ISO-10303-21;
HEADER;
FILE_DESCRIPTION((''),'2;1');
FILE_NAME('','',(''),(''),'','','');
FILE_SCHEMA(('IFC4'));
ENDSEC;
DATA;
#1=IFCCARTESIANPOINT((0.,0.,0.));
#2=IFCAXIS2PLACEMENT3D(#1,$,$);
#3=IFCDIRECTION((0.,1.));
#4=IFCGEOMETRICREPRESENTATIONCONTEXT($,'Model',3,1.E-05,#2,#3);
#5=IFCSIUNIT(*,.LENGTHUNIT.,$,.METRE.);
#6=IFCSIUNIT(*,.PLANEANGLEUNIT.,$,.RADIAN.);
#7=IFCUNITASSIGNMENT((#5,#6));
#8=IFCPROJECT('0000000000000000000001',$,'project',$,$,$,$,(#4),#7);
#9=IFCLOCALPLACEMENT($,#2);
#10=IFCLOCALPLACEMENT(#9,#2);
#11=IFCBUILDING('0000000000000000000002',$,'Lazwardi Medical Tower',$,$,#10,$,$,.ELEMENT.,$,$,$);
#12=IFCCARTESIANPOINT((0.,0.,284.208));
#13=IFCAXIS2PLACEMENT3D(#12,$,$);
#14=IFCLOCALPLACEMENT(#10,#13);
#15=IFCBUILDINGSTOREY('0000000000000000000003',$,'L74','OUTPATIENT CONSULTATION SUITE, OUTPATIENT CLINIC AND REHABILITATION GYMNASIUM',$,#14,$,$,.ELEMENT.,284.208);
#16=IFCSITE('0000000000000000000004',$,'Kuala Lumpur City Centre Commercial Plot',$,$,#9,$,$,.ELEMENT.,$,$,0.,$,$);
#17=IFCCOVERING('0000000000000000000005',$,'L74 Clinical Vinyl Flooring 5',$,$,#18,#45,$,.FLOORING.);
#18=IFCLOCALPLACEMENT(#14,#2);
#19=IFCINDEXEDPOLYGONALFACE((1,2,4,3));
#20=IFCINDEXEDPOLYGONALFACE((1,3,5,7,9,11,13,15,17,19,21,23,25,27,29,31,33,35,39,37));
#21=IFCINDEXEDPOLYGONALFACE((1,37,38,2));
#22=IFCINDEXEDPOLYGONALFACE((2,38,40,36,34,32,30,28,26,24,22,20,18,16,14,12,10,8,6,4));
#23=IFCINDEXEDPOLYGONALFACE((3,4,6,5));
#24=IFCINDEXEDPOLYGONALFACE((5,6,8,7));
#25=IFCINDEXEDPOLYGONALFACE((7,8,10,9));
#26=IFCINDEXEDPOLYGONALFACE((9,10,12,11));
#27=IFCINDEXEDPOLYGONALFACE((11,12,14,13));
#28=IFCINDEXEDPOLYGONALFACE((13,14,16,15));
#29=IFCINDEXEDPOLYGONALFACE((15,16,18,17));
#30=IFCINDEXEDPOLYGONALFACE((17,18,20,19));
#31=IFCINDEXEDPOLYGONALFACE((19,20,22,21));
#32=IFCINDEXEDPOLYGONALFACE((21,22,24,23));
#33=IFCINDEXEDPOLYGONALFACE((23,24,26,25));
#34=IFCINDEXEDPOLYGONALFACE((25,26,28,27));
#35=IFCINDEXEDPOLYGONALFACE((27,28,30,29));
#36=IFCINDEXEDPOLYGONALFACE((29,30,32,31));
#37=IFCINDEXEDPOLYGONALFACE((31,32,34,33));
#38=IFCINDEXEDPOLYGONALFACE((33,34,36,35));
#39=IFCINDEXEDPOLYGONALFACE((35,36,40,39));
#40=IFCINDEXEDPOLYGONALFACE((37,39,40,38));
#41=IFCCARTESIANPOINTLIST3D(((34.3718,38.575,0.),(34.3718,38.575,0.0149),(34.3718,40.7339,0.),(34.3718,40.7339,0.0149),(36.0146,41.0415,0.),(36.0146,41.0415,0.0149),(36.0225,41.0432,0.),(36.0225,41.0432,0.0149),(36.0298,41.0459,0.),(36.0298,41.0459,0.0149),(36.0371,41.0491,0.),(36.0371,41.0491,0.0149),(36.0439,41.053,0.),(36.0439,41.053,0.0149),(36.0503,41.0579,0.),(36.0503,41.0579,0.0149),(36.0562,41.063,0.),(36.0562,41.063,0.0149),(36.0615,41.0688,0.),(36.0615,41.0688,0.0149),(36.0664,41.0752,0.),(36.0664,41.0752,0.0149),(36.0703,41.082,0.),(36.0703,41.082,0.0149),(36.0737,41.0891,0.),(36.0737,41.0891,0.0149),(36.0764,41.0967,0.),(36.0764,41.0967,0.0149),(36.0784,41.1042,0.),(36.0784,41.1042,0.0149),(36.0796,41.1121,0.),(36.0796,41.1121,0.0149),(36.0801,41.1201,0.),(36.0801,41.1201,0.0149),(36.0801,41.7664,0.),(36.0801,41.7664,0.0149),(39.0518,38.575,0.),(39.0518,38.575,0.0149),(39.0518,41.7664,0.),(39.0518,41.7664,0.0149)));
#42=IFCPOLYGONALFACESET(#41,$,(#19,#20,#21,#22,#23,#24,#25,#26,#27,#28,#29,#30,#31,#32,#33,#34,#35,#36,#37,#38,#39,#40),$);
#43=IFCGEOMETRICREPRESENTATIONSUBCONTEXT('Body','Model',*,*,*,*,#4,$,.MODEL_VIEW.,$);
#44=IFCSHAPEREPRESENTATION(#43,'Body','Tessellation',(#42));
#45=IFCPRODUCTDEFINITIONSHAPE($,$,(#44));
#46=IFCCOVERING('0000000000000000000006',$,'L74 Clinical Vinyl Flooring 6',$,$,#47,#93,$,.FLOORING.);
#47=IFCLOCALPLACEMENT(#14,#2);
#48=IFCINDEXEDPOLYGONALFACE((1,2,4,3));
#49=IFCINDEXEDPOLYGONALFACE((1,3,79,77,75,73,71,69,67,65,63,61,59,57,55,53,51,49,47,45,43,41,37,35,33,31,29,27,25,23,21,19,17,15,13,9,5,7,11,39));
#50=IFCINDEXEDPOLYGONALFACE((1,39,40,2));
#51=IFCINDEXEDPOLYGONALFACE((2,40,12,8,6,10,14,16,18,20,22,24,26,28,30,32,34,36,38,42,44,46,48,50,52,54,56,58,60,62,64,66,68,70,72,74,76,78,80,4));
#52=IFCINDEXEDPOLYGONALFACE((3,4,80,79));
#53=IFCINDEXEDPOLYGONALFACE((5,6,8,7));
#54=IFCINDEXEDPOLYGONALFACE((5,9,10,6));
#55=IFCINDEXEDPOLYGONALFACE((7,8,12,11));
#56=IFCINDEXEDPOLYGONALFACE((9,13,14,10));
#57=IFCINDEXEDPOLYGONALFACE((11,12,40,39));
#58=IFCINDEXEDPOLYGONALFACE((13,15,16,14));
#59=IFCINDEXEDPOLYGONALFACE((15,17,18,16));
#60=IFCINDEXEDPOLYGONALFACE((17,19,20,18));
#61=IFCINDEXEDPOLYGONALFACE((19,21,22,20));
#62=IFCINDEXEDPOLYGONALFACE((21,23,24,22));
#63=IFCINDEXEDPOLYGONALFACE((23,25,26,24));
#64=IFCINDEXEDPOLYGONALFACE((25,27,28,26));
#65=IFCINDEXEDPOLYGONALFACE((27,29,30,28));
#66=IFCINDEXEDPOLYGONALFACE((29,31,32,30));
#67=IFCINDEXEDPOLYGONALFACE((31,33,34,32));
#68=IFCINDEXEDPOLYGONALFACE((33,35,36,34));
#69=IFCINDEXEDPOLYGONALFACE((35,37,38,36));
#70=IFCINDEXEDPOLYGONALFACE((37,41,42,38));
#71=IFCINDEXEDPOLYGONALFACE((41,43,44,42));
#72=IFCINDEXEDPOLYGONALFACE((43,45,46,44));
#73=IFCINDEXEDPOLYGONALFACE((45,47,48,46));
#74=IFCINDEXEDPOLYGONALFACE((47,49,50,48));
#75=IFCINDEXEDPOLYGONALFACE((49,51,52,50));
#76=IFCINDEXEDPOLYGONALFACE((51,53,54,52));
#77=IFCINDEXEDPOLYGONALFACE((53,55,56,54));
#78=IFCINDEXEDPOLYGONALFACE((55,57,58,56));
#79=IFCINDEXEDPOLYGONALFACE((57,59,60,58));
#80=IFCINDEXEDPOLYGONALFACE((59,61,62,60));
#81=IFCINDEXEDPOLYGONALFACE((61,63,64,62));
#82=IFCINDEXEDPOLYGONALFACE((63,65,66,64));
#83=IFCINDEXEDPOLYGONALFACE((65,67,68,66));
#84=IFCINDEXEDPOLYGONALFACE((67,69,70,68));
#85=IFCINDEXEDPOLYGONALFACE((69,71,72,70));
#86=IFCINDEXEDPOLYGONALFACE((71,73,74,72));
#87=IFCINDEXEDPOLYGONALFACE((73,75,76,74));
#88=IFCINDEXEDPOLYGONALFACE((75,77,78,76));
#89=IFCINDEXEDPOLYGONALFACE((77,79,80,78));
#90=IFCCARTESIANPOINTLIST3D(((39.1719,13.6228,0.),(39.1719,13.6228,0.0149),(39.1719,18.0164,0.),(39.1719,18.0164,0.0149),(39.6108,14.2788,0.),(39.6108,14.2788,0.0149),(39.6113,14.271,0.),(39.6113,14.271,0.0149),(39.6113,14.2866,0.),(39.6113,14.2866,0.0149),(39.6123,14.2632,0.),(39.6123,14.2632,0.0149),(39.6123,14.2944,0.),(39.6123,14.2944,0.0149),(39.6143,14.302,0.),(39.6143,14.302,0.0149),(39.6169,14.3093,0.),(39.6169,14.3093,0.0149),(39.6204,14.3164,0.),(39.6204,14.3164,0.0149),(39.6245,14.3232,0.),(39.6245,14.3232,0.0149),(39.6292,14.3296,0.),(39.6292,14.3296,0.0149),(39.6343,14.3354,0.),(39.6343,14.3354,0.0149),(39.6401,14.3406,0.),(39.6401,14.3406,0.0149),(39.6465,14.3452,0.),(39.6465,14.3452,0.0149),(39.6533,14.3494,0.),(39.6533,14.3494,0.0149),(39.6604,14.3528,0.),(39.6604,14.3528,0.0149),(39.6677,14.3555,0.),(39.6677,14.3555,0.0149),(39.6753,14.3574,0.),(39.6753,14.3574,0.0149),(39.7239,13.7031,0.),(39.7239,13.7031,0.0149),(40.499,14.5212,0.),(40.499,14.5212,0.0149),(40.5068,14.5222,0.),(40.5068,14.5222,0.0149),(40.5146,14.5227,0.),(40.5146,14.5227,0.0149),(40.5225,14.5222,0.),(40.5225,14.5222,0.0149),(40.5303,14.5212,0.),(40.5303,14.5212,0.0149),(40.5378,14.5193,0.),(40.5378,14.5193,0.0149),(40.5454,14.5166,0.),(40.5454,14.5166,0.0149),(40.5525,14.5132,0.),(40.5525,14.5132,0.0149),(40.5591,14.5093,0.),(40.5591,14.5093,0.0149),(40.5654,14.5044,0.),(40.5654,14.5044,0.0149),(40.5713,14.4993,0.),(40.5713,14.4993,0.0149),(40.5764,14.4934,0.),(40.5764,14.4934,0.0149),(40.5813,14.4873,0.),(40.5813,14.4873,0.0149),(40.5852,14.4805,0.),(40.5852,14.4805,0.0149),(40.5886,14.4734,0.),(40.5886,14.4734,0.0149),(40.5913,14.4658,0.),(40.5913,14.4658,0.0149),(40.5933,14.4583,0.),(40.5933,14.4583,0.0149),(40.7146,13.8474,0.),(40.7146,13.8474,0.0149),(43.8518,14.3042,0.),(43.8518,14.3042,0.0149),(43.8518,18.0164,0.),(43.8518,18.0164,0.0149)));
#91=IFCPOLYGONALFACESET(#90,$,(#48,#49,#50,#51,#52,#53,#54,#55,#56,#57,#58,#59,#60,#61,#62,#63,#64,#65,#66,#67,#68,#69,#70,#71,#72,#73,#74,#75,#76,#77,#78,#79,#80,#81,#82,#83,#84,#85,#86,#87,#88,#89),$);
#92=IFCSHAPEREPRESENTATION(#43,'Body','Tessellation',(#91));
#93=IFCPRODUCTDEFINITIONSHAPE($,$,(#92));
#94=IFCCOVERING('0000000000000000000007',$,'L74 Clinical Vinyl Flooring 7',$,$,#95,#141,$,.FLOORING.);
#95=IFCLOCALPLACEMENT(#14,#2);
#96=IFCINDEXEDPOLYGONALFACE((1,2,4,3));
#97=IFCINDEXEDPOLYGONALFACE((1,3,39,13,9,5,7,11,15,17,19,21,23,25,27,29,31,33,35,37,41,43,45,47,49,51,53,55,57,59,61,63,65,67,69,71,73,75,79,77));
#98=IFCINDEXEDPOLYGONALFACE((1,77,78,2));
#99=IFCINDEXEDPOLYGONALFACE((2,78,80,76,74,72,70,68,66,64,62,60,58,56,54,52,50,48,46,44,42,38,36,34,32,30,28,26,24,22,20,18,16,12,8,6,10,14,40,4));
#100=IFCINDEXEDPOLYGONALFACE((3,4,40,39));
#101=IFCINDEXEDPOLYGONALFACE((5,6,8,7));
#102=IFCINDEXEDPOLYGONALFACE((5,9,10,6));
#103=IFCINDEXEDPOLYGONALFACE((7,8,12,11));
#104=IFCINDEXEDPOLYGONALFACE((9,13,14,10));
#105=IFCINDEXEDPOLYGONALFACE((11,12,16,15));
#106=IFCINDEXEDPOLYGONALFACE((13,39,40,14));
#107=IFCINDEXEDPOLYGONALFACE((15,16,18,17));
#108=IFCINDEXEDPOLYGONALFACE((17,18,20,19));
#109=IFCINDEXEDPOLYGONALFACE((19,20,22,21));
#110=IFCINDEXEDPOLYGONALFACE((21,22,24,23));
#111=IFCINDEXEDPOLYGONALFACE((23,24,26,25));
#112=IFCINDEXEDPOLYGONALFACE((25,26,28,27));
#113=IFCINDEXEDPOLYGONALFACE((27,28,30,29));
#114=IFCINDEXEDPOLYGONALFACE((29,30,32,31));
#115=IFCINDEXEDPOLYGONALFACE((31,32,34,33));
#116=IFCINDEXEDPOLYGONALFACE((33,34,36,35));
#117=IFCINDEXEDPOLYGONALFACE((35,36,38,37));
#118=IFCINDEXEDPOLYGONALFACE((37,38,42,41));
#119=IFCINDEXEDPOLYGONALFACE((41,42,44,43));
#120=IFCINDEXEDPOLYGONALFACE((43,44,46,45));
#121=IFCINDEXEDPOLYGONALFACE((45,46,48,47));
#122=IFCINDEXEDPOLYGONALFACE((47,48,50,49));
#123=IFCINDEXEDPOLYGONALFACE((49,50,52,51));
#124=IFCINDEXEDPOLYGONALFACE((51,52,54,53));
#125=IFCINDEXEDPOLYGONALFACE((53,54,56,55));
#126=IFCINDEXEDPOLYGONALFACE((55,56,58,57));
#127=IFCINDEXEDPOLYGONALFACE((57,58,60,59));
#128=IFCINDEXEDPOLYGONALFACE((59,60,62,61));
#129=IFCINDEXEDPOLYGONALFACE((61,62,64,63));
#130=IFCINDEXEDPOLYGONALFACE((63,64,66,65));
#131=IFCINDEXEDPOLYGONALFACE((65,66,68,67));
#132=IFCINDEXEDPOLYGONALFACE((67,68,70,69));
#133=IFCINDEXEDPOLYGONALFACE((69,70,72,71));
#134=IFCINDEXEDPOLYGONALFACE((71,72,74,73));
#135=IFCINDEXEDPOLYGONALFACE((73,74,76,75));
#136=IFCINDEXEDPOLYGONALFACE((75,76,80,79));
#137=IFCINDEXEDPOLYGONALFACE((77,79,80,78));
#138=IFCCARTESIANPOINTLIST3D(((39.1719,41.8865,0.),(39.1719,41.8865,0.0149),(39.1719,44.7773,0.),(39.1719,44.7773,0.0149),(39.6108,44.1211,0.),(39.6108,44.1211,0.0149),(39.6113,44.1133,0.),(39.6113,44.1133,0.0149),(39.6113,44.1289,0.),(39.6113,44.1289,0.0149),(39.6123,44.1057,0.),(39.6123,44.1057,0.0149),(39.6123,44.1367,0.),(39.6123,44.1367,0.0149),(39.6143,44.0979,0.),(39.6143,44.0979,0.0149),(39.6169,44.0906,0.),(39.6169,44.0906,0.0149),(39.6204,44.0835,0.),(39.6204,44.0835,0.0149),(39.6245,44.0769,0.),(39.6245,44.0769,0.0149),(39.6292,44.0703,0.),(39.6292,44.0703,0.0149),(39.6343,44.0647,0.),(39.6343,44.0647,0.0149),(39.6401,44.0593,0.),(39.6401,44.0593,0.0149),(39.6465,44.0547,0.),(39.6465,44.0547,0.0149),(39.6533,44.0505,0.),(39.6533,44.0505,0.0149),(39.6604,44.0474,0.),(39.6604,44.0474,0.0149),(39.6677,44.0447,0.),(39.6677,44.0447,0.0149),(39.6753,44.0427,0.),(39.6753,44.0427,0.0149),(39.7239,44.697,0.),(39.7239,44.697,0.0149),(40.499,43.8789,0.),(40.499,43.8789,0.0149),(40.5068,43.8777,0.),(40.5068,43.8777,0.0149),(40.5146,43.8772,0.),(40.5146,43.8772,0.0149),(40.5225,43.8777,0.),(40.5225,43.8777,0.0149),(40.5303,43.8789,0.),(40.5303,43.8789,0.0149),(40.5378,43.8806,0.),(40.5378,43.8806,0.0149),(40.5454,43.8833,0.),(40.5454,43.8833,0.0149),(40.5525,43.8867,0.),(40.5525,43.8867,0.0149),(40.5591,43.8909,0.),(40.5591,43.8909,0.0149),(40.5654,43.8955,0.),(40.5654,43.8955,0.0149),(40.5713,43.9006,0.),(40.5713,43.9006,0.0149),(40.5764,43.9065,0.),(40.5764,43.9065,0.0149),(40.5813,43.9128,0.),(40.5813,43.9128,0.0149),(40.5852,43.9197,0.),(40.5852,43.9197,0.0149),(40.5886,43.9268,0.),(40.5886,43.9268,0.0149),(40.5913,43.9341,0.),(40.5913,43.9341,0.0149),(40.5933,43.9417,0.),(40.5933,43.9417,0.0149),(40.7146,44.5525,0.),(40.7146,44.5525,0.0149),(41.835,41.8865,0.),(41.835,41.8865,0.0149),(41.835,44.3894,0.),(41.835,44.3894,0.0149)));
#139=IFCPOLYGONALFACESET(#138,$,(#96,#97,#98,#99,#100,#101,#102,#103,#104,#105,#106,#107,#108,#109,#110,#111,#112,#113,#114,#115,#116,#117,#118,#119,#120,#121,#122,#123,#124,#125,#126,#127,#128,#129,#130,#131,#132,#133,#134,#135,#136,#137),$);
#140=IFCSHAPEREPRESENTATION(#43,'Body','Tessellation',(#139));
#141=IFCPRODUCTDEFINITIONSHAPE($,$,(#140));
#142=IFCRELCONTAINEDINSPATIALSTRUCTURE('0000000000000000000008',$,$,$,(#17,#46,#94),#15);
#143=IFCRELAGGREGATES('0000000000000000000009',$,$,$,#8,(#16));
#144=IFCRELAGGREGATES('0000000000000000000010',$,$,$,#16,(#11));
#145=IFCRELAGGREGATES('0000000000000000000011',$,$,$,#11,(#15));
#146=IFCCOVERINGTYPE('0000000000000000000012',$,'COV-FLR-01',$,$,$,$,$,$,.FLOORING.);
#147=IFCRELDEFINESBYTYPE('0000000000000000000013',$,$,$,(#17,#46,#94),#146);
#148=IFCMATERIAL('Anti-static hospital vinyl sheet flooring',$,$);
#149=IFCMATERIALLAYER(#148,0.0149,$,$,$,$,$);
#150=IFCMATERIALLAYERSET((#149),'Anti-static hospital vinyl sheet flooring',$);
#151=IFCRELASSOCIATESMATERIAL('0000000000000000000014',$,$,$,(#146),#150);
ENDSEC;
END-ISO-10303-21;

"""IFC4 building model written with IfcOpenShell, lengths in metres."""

from ifc_helpers import new_model, si_unit, direction, frame, origin, place, context, subcontext, project, spatial, polyline, outline, extrude, material, layer, layer_set, type_object, element, save


model = new_model("IFC4")

# Units and contexts
model_context = context("Model", 3, precision=1e-05, world=origin(), true_north=direction((0.0, 1.0)))
body_context = subcontext(model_context, "Body", "Model", "MODEL_VIEW")
ifc_project = project(units=[si_unit("LENGTHUNIT", "METRE"), si_unit("PLANEANGLEUNIT", "RADIAN")], contexts=[model_context])

# Site, building, storey
site_placement = place(None, origin())
site = spatial("IfcSite", under=ifc_project, at=site_placement, Name="Kuala Lumpur City Centre Commercial Plot", CompositionType="ELEMENT", RefElevation=0.0)
building_placement = place(site_placement, origin())
building = spatial("IfcBuilding", under=site, at=building_placement, Name="Lazwardi Medical Tower", CompositionType="ELEMENT")
storey_placement = place(building_placement, frame((0.0, 0.0, 284.208)))
storey = spatial("IfcBuildingStorey", under=building, at=storey_placement, Name="L74", Description="OUTPATIENT CONSULTATION SUITE, OUTPATIENT CLINIC AND REHABILITATION GYMNASIUM", CompositionType="ELEMENT", Elevation=284.208)

# Coverings
ifc_material_1 = material(Name="Anti-static hospital vinyl sheet flooring")
ifc_layer_1 = layer(ifc_material_1, 0.0149)
ifc_layer_set_1 = layer_set([ifc_layer_1], Name="Anti-static hospital vinyl sheet flooring")
covering_type_1 = type_object("IfcCoveringType", Name="COV-FLR-01", PredefinedType="FLOORING", material=ifc_layer_set_1)
covering_1_placement = place(storey_placement, origin())
element("IfcCovering", 1, at=covering_1_placement, inside=storey, type_object=covering_type_1, Name="L74 Clinical Vinyl Flooring 5", PredefinedType="FLOORING", context=body_context, shape_type="SweptSolid", body=[
    extrude(outline(polyline([(36.0801, 41.7664), (36.0801, 41.1201), (36.0796, 41.1121), (36.0784, 41.1042), (36.0764, 41.0967), (36.0737, 41.0891), (36.0703, 41.082), (36.0664, 41.0752), (36.0615, 41.0688), (36.0562, 41.063), (36.0503, 41.0579), (36.0439, 41.053), (36.0371, 41.0491), (36.0298, 41.0459), (36.0225, 41.0432), (36.0146, 41.0415), (34.3718, 40.7339), (34.3718, 38.575), (39.0518, 38.575), (39.0518, 41.7664), (36.0801, 41.7664)])), origin(), (0.0, 0.0, 1.0), 0.0149),
])
covering_2_placement = place(storey_placement, origin())
element("IfcCovering", 2, at=covering_2_placement, inside=storey, type_object=covering_type_1, Name="L74 Clinical Vinyl Flooring 6", PredefinedType="FLOORING", context=body_context, shape_type="SweptSolid", body=[
    extrude(outline(polyline([(39.1719, 13.6228), (39.7239, 13.7031), (39.6123, 14.2632), (39.6113, 14.271), (39.6108, 14.2788), (39.6113, 14.2866), (39.6123, 14.2944), (39.6143, 14.302), (39.6169, 14.3093), (39.6204, 14.3164), (39.6245, 14.3232), (39.6292, 14.3296), (39.6343, 14.3354), (39.6401, 14.3406), (39.6465, 14.3452), (39.6533, 14.3494), (39.6604, 14.3528), (39.6677, 14.3555), (39.6753, 14.3574), (40.499, 14.5212), (40.5068, 14.5222), (40.5146, 14.5227), (40.5225, 14.5222), (40.5303, 14.5212), (40.5378, 14.5193), (40.5454, 14.5166), (40.5525, 14.5132), (40.5591, 14.5093), (40.5654, 14.5044), (40.5713, 14.4993), (40.5764, 14.4934), (40.5813, 14.4873), (40.5852, 14.4805), (40.5886, 14.4734), (40.5913, 14.4658), (40.5933, 14.4583), (40.7146, 13.8474), (43.8518, 14.3042), (43.8518, 18.0164), (39.1719, 18.0164), (39.1719, 13.6228)])), origin(), (0.0, 0.0, 1.0), 0.0149),
])
covering_3_placement = place(storey_placement, origin())
element("IfcCovering", 3, at=covering_3_placement, inside=storey, type_object=covering_type_1, Name="L74 Clinical Vinyl Flooring 7", PredefinedType="FLOORING", context=body_context, shape_type="SweptSolid", body=[
    extrude(outline(polyline([(41.835, 41.8865), (41.835, 44.3894), (40.7146, 44.5525), (40.5933, 43.9417), (40.5913, 43.9341), (40.5886, 43.9268), (40.5852, 43.9197), (40.5813, 43.9128), (40.5764, 43.9065), (40.5713, 43.9006), (40.5654, 43.8955), (40.5591, 43.8909), (40.5525, 43.8867), (40.5454, 43.8833), (40.5378, 43.8806), (40.5303, 43.8789), (40.5225, 43.8777), (40.5146, 43.8772), (40.5068, 43.8777), (40.499, 43.8789), (39.6753, 44.0427), (39.6677, 44.0447), (39.6604, 44.0474), (39.6533, 44.0505), (39.6465, 44.0547), (39.6401, 44.0593), (39.6343, 44.0647), (39.6292, 44.0703), (39.6245, 44.0769), (39.6204, 44.0835), (39.6169, 44.0906), (39.6143, 44.0979), (39.6123, 44.1057), (39.6113, 44.1133), (39.6108, 44.1211), (39.6113, 44.1289), (39.6123, 44.1367), (39.7239, 44.697), (39.1719, 44.7773), (39.1719, 41.8865), (41.835, 41.8865)])), origin(), (0.0, 0.0, 1.0), 0.0149),
])

save(model, "model.ifc")
